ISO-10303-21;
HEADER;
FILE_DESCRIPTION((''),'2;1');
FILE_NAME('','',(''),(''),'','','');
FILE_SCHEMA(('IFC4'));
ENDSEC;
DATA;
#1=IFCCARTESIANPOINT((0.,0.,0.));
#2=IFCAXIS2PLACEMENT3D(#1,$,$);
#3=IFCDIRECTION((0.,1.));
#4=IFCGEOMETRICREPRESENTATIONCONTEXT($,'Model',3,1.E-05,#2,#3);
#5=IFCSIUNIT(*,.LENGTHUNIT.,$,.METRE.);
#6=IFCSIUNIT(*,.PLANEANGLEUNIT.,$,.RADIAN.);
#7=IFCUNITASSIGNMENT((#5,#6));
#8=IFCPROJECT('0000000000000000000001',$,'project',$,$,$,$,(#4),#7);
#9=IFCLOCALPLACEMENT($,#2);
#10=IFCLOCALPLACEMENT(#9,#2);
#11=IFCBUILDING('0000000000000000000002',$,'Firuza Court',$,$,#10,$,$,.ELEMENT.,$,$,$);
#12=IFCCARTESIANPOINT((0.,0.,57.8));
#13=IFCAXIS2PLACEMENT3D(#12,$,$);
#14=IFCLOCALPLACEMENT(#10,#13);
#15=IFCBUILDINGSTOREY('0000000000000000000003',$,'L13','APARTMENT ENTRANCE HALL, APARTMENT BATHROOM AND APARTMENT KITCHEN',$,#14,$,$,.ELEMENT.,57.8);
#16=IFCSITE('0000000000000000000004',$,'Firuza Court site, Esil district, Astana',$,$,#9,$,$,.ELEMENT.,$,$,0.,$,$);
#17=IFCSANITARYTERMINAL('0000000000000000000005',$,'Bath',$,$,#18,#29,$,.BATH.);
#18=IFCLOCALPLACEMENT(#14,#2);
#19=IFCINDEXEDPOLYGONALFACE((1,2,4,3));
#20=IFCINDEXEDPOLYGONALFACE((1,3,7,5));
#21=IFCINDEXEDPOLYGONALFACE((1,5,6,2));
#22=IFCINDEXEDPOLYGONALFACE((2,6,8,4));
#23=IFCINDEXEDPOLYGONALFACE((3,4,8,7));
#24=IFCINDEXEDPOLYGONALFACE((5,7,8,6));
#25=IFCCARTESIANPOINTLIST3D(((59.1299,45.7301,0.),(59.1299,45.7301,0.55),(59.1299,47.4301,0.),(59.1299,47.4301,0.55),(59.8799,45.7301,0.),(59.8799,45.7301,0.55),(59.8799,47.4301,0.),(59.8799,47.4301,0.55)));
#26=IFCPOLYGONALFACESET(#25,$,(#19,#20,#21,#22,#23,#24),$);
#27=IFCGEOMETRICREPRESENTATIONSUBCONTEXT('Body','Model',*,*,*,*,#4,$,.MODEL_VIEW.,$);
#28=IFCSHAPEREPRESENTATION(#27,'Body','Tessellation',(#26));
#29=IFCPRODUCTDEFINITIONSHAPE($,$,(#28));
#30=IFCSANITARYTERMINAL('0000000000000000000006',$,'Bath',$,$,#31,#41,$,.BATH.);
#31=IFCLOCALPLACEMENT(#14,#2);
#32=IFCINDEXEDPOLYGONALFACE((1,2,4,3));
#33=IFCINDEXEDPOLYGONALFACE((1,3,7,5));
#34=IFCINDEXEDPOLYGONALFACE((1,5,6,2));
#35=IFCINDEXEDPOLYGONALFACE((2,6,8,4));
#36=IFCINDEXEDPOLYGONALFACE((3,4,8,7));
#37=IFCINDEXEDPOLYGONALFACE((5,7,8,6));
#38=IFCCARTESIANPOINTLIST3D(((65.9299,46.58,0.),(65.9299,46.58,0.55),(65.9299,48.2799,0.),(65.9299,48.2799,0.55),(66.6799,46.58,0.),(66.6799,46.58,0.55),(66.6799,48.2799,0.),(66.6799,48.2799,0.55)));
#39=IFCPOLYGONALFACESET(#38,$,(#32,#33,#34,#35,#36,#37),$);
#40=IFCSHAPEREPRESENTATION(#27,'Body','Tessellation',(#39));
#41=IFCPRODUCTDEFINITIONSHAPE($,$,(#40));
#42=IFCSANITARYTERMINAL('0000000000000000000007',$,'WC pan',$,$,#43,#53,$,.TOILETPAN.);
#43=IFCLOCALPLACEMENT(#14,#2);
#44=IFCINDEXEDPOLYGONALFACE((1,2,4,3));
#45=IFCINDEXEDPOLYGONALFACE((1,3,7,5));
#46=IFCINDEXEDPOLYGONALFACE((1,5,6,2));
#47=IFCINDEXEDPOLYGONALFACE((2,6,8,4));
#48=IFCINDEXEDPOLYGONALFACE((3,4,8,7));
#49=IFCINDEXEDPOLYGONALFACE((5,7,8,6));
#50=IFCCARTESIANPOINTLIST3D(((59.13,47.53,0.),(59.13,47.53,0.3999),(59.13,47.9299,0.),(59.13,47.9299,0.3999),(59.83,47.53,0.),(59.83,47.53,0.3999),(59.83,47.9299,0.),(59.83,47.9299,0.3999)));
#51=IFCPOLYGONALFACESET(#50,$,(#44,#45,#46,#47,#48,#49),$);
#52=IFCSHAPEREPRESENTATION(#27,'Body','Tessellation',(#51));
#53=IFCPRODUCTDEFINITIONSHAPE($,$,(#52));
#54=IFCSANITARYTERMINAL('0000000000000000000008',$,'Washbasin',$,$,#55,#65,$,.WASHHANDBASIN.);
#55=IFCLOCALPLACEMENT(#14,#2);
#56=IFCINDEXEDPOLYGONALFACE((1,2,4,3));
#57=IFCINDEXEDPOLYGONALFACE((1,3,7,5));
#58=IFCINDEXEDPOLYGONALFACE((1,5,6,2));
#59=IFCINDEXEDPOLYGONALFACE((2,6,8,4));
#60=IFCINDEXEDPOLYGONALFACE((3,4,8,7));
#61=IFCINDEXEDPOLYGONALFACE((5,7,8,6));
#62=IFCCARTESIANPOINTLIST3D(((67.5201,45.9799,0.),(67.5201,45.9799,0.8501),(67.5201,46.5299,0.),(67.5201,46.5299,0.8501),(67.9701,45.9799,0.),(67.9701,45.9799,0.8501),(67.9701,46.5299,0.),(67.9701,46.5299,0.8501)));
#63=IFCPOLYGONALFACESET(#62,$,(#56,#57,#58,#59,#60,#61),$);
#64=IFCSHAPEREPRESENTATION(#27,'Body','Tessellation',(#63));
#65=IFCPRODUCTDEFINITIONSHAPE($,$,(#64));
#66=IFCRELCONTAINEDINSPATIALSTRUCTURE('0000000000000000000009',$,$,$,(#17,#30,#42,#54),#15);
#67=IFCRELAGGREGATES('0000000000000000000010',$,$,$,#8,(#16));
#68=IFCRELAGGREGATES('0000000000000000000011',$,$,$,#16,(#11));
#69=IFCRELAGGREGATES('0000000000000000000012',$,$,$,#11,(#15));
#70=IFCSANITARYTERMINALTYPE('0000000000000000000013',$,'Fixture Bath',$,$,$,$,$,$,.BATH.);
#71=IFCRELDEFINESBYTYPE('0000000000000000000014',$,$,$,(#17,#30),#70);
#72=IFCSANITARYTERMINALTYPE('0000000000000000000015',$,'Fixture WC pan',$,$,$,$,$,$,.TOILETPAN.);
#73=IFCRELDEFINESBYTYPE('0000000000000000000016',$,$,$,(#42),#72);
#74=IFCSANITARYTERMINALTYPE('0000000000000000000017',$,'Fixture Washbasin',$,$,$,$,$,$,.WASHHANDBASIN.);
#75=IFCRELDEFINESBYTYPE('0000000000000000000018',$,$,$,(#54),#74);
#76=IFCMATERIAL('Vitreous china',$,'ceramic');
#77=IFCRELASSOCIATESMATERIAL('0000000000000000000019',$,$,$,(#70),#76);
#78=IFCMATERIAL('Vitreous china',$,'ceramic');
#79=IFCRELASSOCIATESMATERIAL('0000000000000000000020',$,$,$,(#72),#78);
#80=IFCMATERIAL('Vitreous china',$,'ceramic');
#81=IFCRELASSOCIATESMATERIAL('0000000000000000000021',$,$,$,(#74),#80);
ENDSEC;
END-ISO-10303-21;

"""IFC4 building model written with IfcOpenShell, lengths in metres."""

from ifc_helpers import new_model, si_unit, direction, frame, origin, origin_2d, place, context, subcontext, project, spatial, rectangle, extrude, material, type_object, element, save


model = new_model("IFC4")

# Units and contexts
model_context = context("Model", 3, precision=1e-05, world=origin(), true_north=direction((0.0, 1.0)))
body_context = subcontext(model_context, "Body", "Model", "MODEL_VIEW")
ifc_project = project(units=[si_unit("LENGTHUNIT", "METRE"), si_unit("PLANEANGLEUNIT", "RADIAN")], contexts=[model_context])

# Site, building, storey
site_placement = place(None, origin())
site = spatial("IfcSite", under=ifc_project, at=site_placement, Name="Firuza Court site, Esil district, Astana", CompositionType="ELEMENT", RefElevation=0.0)
building_placement = place(site_placement, origin())
building = spatial("IfcBuilding", under=site, at=building_placement, Name="Firuza Court", CompositionType="ELEMENT")
storey_placement = place(building_placement, frame((0.0, 0.0, 57.8)))
storey = spatial("IfcBuildingStorey", under=building, at=storey_placement, Name="L13", Description="APARTMENT ENTRANCE HALL, APARTMENT BATHROOM AND APARTMENT KITCHEN", CompositionType="ELEMENT", Elevation=57.8)

# Sanitary terminals
ifc_material_1 = material(Name="Vitreous china", Category="ceramic")
sanitary_terminal_type_1 = type_object("IfcSanitaryTerminalType", Name="Fixture Bath", PredefinedType="BATH", material=ifc_material_1)
for number, where, z_axis, x_axis, name in (
    (1, (59.5049, 46.5801, 0.0), (0.0, 0.0, 1.0), (1.0, 0.0, 0.0), "Bath"),
    (2, (66.3049, 47.4299, 0.0), (0.0, 0.0, 1.0), (1.0, 0.0, 0.0), "Bath"),
):
    element("IfcSanitaryTerminal", number, at=place(storey_placement, frame(where, z_axis=z_axis, x_axis=x_axis)), inside=storey, type_object=sanitary_terminal_type_1, Name=name, PredefinedType="BATH", context=body_context, shape_type="SweptSolid", body=[
        extrude(rectangle(XDim=0.75, YDim=1.7, at=origin_2d()), origin(), (0.0, 0.0, 1.0), 0.55),
    ])
ifc_material_2 = material(Name="Vitreous china", Category="ceramic")
sanitary_terminal_type_2 = type_object("IfcSanitaryTerminalType", Name="Fixture WC pan", PredefinedType="TOILETPAN", material=ifc_material_2)
sanitary_terminal_1_placement = place(storey_placement, frame((59.48, 47.73, 0.0), z_axis=(0.0, 0.0, 1.0), x_axis=(1.0, 0.0, 0.0)))
element("IfcSanitaryTerminal", 3, at=sanitary_terminal_1_placement, inside=storey, type_object=sanitary_terminal_type_2, Name="WC pan", PredefinedType="TOILETPAN", context=body_context, shape_type="SweptSolid", body=[
    extrude(rectangle(XDim=0.7, YDim=0.3999, at=origin_2d()), origin(), (0.0, 0.0, 1.0), 0.3999),
])
ifc_material_3 = material(Name="Vitreous china", Category="ceramic")
sanitary_terminal_type_3 = type_object("IfcSanitaryTerminalType", Name="Fixture Washbasin", PredefinedType="WASHHANDBASIN", material=ifc_material_3)
sanitary_terminal_2_placement = place(storey_placement, frame((67.7451, 46.2549, 0.0), z_axis=(0.0, 0.0, 1.0), x_axis=(1.0, 0.0, 0.0)))
element("IfcSanitaryTerminal", 4, at=sanitary_terminal_2_placement, inside=storey, type_object=sanitary_terminal_type_3, Name="Washbasin", PredefinedType="WASHHANDBASIN", context=body_context, shape_type="SweptSolid", body=[
    extrude(rectangle(XDim=0.45, YDim=0.55, at=origin_2d()), origin(), (0.0, 0.0, 1.0), 0.8501),
])

save(model, "model.ifc")
